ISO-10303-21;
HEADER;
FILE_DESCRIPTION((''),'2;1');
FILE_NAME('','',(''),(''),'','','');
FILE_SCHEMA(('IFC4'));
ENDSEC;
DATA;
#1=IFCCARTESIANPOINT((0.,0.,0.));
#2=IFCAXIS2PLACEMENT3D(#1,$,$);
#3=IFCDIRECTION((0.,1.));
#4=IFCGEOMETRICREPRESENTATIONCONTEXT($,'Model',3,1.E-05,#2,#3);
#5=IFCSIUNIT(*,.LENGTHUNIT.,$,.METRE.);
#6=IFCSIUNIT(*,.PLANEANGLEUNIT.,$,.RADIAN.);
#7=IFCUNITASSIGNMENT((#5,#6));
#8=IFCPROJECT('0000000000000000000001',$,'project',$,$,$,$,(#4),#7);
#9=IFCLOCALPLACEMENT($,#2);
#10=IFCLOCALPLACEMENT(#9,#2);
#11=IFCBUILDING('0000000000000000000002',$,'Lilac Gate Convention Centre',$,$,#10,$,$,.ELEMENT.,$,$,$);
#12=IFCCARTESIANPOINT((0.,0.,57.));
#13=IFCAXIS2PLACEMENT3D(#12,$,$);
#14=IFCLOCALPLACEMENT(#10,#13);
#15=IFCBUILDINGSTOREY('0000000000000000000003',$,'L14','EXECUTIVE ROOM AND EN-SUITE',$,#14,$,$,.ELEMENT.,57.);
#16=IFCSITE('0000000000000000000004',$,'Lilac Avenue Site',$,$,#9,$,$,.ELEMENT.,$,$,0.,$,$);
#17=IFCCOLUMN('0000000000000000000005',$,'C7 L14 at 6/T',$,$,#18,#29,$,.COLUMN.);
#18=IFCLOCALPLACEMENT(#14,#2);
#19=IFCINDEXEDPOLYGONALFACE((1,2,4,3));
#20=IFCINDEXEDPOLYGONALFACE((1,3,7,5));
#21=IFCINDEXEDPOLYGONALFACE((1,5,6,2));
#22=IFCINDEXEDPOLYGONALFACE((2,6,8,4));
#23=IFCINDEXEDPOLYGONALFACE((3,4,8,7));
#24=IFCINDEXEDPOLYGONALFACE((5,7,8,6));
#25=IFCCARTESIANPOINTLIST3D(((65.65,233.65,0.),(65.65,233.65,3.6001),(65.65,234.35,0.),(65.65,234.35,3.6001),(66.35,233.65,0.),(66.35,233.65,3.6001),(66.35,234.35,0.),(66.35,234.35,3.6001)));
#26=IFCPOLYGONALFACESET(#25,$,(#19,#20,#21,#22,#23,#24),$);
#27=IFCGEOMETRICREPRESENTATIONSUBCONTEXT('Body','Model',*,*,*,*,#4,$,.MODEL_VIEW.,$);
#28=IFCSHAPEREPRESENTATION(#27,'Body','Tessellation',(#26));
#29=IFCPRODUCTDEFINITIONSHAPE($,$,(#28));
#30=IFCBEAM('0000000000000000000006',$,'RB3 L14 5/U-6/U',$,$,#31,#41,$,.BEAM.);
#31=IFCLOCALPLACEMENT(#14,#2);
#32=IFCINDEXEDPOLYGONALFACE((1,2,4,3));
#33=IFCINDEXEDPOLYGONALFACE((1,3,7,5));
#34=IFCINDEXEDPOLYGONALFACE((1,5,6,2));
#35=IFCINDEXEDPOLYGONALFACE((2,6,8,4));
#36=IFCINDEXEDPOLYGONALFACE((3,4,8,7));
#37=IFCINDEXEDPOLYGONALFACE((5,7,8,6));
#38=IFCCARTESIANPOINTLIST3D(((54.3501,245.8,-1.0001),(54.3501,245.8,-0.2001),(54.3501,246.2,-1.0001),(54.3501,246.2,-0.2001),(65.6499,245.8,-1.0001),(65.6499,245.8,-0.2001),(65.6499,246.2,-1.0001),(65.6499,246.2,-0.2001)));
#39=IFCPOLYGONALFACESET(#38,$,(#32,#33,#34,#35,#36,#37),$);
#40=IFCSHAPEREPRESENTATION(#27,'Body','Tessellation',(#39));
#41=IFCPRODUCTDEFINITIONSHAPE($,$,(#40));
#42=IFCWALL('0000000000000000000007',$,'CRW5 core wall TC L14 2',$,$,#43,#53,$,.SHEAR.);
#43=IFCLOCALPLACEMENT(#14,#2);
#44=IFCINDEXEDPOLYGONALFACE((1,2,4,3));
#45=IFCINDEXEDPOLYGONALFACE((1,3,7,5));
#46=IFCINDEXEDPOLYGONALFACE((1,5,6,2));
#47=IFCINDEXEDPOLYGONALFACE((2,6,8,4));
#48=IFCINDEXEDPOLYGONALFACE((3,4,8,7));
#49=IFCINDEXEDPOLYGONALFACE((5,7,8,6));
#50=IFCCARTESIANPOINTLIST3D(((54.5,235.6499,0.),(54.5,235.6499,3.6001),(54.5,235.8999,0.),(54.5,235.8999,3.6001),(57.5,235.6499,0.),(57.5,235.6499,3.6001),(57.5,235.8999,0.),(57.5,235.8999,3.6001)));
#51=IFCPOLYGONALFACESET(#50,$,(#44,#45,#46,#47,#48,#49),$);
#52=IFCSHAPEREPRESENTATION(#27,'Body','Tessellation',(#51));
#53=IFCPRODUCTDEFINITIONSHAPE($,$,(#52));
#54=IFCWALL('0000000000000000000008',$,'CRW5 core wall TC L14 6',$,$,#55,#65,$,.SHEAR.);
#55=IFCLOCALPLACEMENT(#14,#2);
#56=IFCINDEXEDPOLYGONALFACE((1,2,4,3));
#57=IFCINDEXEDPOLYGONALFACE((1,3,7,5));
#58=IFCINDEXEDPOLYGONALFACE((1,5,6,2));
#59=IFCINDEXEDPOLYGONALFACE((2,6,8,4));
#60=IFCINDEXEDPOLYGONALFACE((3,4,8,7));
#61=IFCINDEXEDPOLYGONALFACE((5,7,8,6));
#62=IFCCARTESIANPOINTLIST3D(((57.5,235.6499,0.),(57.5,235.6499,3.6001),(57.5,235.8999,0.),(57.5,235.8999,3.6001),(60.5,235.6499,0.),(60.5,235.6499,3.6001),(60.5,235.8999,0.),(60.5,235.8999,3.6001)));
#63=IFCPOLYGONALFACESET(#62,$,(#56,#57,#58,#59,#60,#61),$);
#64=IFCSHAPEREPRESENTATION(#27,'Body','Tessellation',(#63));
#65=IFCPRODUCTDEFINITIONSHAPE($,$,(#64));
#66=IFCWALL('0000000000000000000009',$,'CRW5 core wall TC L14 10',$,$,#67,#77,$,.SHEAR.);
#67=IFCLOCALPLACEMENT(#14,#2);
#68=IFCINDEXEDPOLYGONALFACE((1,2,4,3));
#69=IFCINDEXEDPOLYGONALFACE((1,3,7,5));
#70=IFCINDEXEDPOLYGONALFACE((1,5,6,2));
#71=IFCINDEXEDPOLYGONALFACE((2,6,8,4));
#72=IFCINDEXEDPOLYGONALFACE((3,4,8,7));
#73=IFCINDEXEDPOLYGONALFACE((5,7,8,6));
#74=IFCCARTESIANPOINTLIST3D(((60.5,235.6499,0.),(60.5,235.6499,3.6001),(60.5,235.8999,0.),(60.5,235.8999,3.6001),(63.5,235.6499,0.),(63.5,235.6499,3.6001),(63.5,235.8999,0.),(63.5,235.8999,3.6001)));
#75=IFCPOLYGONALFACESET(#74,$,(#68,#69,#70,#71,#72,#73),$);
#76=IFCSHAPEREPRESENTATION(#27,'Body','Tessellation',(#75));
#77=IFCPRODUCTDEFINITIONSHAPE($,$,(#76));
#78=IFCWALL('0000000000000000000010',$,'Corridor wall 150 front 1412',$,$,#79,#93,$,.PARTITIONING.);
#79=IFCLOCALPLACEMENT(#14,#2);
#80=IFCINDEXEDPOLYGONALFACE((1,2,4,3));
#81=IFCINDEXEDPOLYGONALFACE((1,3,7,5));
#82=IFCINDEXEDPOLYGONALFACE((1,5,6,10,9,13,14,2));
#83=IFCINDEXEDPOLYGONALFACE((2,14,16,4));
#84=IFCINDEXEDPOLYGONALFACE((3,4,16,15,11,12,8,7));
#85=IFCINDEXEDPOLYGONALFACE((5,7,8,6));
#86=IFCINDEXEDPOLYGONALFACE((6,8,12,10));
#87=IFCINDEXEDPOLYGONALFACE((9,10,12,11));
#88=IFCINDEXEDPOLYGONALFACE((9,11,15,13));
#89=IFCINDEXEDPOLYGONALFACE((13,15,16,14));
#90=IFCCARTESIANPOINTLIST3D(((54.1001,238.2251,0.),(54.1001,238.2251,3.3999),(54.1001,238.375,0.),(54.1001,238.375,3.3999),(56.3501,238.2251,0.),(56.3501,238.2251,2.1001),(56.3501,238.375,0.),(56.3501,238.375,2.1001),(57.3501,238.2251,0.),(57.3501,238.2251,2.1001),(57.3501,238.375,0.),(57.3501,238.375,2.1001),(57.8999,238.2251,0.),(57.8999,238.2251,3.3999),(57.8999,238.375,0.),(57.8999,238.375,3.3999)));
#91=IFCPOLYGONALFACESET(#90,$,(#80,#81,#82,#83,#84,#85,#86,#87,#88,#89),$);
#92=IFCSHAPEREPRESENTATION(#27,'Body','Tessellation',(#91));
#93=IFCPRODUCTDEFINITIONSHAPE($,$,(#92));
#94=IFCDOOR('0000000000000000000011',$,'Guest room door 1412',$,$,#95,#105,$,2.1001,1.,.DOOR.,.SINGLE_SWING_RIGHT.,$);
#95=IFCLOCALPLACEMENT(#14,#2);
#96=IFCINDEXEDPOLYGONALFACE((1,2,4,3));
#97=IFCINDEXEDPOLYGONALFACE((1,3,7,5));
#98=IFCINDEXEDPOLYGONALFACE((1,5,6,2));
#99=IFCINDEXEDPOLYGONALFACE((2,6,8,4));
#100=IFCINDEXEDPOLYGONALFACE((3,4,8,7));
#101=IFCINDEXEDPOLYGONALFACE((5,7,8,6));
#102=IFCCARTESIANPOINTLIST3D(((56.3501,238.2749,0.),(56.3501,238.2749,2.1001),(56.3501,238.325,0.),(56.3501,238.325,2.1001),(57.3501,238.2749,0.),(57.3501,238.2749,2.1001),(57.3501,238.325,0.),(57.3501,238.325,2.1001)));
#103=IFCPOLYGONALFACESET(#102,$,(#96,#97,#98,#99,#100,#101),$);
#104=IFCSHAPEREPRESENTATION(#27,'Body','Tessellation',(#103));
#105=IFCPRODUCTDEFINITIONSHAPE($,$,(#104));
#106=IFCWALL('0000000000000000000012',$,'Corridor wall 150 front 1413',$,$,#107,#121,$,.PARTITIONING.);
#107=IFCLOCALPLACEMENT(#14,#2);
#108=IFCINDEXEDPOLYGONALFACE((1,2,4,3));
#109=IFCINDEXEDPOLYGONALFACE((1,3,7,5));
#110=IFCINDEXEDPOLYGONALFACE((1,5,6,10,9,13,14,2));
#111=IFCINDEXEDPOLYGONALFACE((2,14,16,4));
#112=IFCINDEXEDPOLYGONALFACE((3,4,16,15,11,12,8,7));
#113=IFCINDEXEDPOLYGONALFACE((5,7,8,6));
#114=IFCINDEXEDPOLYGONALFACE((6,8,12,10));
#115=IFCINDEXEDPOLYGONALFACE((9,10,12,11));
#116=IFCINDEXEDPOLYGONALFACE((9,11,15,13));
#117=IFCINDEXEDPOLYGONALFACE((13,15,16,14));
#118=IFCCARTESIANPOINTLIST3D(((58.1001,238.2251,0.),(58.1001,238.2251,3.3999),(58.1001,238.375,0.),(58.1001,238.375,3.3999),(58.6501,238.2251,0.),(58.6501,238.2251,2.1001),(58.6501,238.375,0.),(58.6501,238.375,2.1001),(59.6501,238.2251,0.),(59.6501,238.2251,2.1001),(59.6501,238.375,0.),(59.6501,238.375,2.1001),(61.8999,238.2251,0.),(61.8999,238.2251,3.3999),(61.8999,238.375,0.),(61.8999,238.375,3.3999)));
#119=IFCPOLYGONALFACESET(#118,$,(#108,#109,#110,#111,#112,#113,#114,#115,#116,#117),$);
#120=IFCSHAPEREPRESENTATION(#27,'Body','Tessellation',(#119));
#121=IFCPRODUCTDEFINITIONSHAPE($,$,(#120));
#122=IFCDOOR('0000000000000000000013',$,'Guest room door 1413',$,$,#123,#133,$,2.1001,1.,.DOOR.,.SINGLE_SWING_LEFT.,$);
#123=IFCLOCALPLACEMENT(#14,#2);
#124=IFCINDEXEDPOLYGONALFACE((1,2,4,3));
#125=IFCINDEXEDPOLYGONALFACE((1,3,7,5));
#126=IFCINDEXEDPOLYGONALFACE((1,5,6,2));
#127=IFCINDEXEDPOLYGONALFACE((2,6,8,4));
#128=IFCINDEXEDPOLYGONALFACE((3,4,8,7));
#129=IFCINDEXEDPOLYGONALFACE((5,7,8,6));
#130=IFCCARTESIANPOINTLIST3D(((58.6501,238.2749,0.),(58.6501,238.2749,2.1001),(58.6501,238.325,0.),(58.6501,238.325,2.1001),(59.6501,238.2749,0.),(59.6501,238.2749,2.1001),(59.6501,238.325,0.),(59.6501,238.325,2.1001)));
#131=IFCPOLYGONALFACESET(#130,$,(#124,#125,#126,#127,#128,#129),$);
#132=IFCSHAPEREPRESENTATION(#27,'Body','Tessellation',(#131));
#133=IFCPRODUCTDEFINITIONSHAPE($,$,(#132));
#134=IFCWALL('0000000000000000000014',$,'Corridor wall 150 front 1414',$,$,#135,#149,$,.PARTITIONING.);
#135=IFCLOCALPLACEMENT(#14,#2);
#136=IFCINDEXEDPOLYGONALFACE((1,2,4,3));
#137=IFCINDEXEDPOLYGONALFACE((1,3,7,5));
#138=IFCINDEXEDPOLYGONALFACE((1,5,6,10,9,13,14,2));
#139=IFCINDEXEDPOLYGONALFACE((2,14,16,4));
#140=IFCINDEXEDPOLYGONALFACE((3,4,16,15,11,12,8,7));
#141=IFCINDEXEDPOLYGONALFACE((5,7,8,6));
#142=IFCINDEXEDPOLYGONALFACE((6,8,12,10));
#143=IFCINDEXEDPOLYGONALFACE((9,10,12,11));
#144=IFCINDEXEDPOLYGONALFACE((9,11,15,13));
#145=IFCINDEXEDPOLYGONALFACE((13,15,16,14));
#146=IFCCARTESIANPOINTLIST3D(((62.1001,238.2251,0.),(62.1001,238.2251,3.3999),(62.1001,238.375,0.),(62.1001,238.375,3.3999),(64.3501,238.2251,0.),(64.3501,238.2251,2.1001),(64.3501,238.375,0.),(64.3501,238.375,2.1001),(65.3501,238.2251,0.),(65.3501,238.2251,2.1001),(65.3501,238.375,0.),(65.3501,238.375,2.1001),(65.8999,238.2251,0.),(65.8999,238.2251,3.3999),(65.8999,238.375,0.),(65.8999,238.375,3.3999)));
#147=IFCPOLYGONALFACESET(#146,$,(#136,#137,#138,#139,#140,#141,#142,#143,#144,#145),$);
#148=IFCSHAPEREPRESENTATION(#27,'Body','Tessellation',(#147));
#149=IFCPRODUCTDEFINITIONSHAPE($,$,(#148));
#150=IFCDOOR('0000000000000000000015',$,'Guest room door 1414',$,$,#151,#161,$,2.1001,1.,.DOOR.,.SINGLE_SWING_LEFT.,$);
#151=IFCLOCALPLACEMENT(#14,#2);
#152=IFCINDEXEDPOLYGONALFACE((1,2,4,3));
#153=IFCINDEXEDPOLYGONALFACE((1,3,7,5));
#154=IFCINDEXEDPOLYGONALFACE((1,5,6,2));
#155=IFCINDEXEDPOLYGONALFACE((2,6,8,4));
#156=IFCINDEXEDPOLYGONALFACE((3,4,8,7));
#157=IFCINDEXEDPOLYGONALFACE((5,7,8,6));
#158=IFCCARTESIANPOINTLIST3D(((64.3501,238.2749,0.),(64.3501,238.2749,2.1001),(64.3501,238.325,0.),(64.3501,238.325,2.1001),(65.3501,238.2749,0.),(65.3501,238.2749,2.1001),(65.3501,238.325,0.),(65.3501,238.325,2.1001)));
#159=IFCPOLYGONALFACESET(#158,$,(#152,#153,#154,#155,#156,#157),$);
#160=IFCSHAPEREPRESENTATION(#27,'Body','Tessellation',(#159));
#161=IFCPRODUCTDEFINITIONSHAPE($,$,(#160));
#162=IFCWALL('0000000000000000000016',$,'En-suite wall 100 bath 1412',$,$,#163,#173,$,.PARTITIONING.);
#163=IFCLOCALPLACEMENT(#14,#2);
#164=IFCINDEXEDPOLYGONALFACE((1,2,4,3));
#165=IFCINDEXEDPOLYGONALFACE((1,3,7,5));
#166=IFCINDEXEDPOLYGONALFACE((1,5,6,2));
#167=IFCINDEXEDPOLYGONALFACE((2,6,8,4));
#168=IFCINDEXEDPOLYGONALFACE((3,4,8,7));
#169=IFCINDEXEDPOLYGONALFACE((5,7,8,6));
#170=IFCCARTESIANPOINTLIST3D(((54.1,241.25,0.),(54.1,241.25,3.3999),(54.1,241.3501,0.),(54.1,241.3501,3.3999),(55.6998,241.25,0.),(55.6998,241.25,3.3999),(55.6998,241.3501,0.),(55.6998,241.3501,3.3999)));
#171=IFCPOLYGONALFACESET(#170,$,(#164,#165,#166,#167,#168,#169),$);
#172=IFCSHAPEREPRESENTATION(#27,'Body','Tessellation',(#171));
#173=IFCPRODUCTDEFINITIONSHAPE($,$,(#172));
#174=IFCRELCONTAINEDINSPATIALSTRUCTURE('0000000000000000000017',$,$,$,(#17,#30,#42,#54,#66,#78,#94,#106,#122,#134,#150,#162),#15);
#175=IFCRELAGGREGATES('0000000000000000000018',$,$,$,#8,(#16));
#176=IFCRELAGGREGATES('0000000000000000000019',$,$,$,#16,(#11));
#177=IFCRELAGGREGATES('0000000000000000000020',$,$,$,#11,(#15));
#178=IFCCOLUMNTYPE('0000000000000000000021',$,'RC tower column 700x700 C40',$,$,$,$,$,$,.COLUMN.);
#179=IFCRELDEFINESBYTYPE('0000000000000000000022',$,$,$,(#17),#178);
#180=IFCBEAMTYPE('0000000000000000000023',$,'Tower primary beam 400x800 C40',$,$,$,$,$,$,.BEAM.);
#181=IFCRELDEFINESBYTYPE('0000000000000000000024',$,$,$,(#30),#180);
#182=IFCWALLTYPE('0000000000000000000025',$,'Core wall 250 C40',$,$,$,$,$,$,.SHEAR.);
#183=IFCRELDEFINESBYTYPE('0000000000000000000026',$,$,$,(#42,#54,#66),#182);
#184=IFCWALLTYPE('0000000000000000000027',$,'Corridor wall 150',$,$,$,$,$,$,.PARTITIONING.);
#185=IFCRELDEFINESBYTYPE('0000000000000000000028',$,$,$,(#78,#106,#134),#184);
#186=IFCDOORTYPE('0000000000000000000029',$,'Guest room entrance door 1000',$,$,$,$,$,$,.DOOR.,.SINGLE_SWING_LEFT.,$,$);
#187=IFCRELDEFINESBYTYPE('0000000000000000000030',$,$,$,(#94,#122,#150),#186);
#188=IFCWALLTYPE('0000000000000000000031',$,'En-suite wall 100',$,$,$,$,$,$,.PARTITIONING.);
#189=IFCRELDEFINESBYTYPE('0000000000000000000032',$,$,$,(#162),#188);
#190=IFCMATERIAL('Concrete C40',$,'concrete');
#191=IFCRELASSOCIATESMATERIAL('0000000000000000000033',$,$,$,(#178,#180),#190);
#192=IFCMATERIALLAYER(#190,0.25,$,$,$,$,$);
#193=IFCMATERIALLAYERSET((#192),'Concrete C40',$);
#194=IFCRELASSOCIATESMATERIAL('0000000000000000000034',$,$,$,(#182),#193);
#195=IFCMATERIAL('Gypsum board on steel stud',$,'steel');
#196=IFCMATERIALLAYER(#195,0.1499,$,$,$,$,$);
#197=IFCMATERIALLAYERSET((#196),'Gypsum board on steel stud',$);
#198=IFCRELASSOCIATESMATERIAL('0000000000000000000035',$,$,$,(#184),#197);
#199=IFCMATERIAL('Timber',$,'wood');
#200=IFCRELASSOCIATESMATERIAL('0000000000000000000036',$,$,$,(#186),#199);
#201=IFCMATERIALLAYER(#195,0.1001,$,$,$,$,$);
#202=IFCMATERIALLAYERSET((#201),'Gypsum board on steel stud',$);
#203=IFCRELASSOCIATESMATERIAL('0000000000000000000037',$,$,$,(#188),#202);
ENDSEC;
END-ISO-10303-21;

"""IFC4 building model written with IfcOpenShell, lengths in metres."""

from ifc_helpers import new_model, si_unit, direction, frame, frame_2d, origin, origin_2d, place, context, subcontext, project, spatial, rectangle, extrude, material, layer, layer_set, material_profile, profile_set, type_object, element, fill, save


model = new_model("IFC4")

# Units and contexts
model_context = context("Model", 3, precision=1e-05, world=origin(), true_north=direction((0.0, 1.0)))
body_context = subcontext(model_context, "Body", "Model", "MODEL_VIEW")
ifc_project = project(units=[si_unit("LENGTHUNIT", "METRE"), si_unit("PLANEANGLEUNIT", "RADIAN")], contexts=[model_context])

# Site, building, storey
site_placement = place(None, origin())
site = spatial("IfcSite", under=ifc_project, at=site_placement, Name="Lilac Avenue Site", CompositionType="ELEMENT", RefElevation=0.0)
building_placement = place(site_placement, origin())
building = spatial("IfcBuilding", under=site, at=building_placement, Name="Lilac Gate Convention Centre", CompositionType="ELEMENT")
storey_placement = place(building_placement, frame((0.0, 0.0, 57.0)))
storey = spatial("IfcBuildingStorey", under=building, at=storey_placement, Name="L14", Description="EXECUTIVE ROOM AND EN-SUITE", CompositionType="ELEMENT", Elevation=57.0)

# Column
ifc_material_1 = material(Name="Concrete C40", Category="concrete")
ifc_material_profile_1 = material_profile(ifc_material_1, rectangle(XDim=0.7, YDim=0.7, at=origin_2d()), Name="RC 700x700")
ifc_profile_set_1 = profile_set([ifc_material_profile_1], Name="Concrete C40")
column_type = type_object("IfcColumnType", Name="RC tower column 700x700 C40", PredefinedType="COLUMN", material=ifc_profile_set_1)
column_placement = place(storey_placement, frame((66.0, 234.0, 0.0), z_axis=(0.0, 0.0, 1.0), x_axis=(1.0, 0.0, 0.0)))
element("IfcColumn", 1, at=column_placement, inside=storey, type_object=column_type, Name="C7 L14 at 6/T", PredefinedType="COLUMN", context=body_context, shape_type="SweptSolid", body=[
    extrude(rectangle(XDim=0.7, YDim=0.7, at=origin_2d()), origin(), (0.0, 0.0, 1.0), 3.6001),
])

# Beam
ifc_material_profile_2 = material_profile(ifc_material_1, rectangle(XDim=0.3999, YDim=0.8, at=origin_2d()), Name="RC 400x800")
ifc_profile_set_2 = profile_set([ifc_material_profile_2], Name="Concrete C40")
beam_type = type_object("IfcBeamType", Name="Tower primary beam 400x800 C40", PredefinedType="BEAM", material=ifc_profile_set_2)
beam_placement = place(storey_placement, frame((54.3501, 246.0, -0.6001), z_axis=(1.0, 0.0, 0.0), x_axis=(0.0, 1.0, 0.0)))
element("IfcBeam", 2, at=beam_placement, inside=storey, type_object=beam_type, Name="RB3 L14 5/U-6/U", PredefinedType="BEAM", context=body_context, shape_type="SweptSolid", body=[
    extrude(rectangle(XDim=0.3999, YDim=0.8, at=origin_2d()), origin(), (0.0, 0.0, 1.0), 11.2998),
])

# Walls
ifc_layer_1 = layer(ifc_material_1, 0.25)
ifc_layer_set_1 = layer_set([ifc_layer_1], Name="Concrete C40")
wall_type_1 = type_object("IfcWallType", Name="Core wall 250 C40", PredefinedType="SHEAR", material=ifc_layer_set_1)
for number, where, z_axis, x_axis, name in (
    (3, (54.5, 235.7749, 0.0), (0.0, 0.0, 1.0), (1.0, 0.0, 0.0), "CRW5 core wall TC L14 2"),
    (4, (57.5, 235.7749, 0.0), (0.0, 0.0, 1.0), (1.0, 0.0, 0.0), "CRW5 core wall TC L14 6"),
    (5, (60.5, 235.7749, 0.0), (0.0, 0.0, 1.0), (1.0, 0.0, 0.0), "CRW5 core wall TC L14 10"),
):
    element("IfcWall", number, at=place(storey_placement, frame(where, z_axis=z_axis, x_axis=x_axis)), inside=storey, type_object=wall_type_1, Name=name, PredefinedType="SHEAR", context=body_context, shape_type="SweptSolid", body=[
        extrude(rectangle(XDim=3.0, YDim=0.25, at=frame_2d((1.5, 0.0))), origin(), (0.0, 0.0, 1.0), 3.6001),
    ])

# Walls, openings, doors
ifc_material_2 = material(Name="Gypsum board on steel stud", Category="steel")
ifc_layer_2 = layer(ifc_material_2, 0.1499)
ifc_layer_set_2 = layer_set([ifc_layer_2], Name="Gypsum board on steel stud")
wall_type_2 = type_object("IfcWallType", Name="Corridor wall 150", PredefinedType="PARTITIONING", material=ifc_layer_set_2)
wall_1_placement = place(storey_placement, frame((54.1001, 238.3, 0.0), z_axis=(0.0, 0.0, 1.0), x_axis=(1.0, 0.0, 0.0)))
wall_1 = element("IfcWall", 6, at=wall_1_placement, inside=storey, type_object=wall_type_2, Name="Corridor wall 150 front 1412", PredefinedType="PARTITIONING", context=body_context, shape_type="SweptSolid", body=[
    extrude(rectangle(XDim=3.7998, YDim=0.1499, at=frame_2d((1.8999, 0.0))), origin(), (0.0, 0.0, 1.0), 3.3999),
])
opening_1_placement = place(wall_1_placement, frame((2.25, 0.0, 0.0)))
opening_1 = element("IfcOpeningElement", 7, at=opening_1_placement, cuts=wall_1, PredefinedType="OPENING", context=body_context, shape_type="SweptSolid", body=[
    extrude(rectangle(XDim=1.0, YDim=2.1001, at=frame_2d((0.5, 1.05))), frame((0.0, 0.085, 0.0), z_axis=(0.0, -1.0, 0.0), x_axis=(1.0, 0.0, 0.0)), (0.0, 0.0, 1.0), 0.1699),
])
ifc_material_3 = material(Name="Timber", Category="wood")
door_type_1 = type_object("IfcDoorType", Name="Guest room entrance door 1000", OperationType="SINGLE_SWING_LEFT", PredefinedType="DOOR", material=ifc_material_3)
door_1_placement = place(opening_1_placement, origin())
door_1 = element("IfcDoor", 8, at=door_1_placement, inside=storey, type_object=door_type_1, Name="Guest room door 1412", OperationType="SINGLE_SWING_RIGHT", OverallHeight=2.1001, OverallWidth=1.0, PredefinedType="DOOR", context=body_context, shape_type="SweptSolid", body=[
    extrude(rectangle(XDim=1.0, YDim=2.1001, at=frame_2d((0.5, 1.05))), frame((0.0, 0.0249, 0.0), z_axis=(0.0, -1.0, 0.0), x_axis=(1.0, 0.0, 0.0)), (0.0, 0.0, 1.0), 0.05),
])
fill(opening_1, door_1)
wall_2_placement = place(storey_placement, frame((58.1001, 238.3, 0.0), z_axis=(0.0, 0.0, 1.0), x_axis=(1.0, 0.0, 0.0)))
wall_2 = element("IfcWall", 9, at=wall_2_placement, inside=storey, type_object=wall_type_2, Name="Corridor wall 150 front 1413", PredefinedType="PARTITIONING", context=body_context, shape_type="SweptSolid", body=[
    extrude(rectangle(XDim=3.7998, YDim=0.1499, at=frame_2d((1.8999, 0.0))), origin(), (0.0, 0.0, 1.0), 3.3999),
])
opening_2_placement = place(wall_2_placement, frame((0.55, 0.0, 0.0)))
opening_2 = element("IfcOpeningElement", 10, at=opening_2_placement, cuts=wall_2, PredefinedType="OPENING", context=body_context, shape_type="SweptSolid", body=[
    extrude(rectangle(XDim=1.0, YDim=2.1001, at=frame_2d((0.5, 1.05))), frame((0.0, 0.085, 0.0), z_axis=(0.0, -1.0, 0.0), x_axis=(1.0, 0.0, 0.0)), (0.0, 0.0, 1.0), 0.1699),
])
door_2_placement = place(opening_2_placement, origin())
door_2 = element("IfcDoor", 11, at=door_2_placement, inside=storey, type_object=door_type_1, Name="Guest room door 1413", OperationType="SINGLE_SWING_LEFT", OverallHeight=2.1001, OverallWidth=1.0, PredefinedType="DOOR", context=body_context, shape_type="SweptSolid", body=[
    extrude(rectangle(XDim=1.0, YDim=2.1001, at=frame_2d((0.5, 1.05))), frame((0.0, 0.0249, 0.0), z_axis=(0.0, -1.0, 0.0), x_axis=(1.0, 0.0, 0.0)), (0.0, 0.0, 1.0), 0.05),
])
fill(opening_2, door_2)
wall_3_placement = place(storey_placement, frame((62.1001, 238.3, 0.0), z_axis=(0.0, 0.0, 1.0), x_axis=(1.0, 0.0, 0.0)))
wall_3 = element("IfcWall", 12, at=wall_3_placement, inside=storey, type_object=wall_type_2, Name="Corridor wall 150 front 1414", PredefinedType="PARTITIONING", context=body_context, shape_type="SweptSolid", body=[
    extrude(rectangle(XDim=3.7998, YDim=0.1499, at=frame_2d((1.8999, 0.0))), origin(), (0.0, 0.0, 1.0), 3.3999),
])
opening_3_placement = place(wall_3_placement, frame((2.25, 0.0, 0.0)))
opening_3 = element("IfcOpeningElement", 13, at=opening_3_placement, cuts=wall_3, PredefinedType="OPENING", context=body_context, shape_type="SweptSolid", body=[
    extrude(rectangle(XDim=1.0, YDim=2.1001, at=frame_2d((0.5, 1.05))), frame((0.0, 0.085, 0.0), z_axis=(0.0, -1.0, 0.0), x_axis=(1.0, 0.0, 0.0)), (0.0, 0.0, 1.0), 0.1699),
])
door_3_placement = place(opening_3_placement, origin())
door_3 = element("IfcDoor", 14, at=door_3_placement, inside=storey, type_object=door_type_1, Name="Guest room door 1414", OperationType="SINGLE_SWING_LEFT", OverallHeight=2.1001, OverallWidth=1.0, PredefinedType="DOOR", context=body_context, shape_type="SweptSolid", body=[
    extrude(rectangle(XDim=1.0, YDim=2.1001, at=frame_2d((0.5, 1.05))), frame((0.0, 0.0249, 0.0), z_axis=(0.0, -1.0, 0.0), x_axis=(1.0, 0.0, 0.0)), (0.0, 0.0, 1.0), 0.05),
])
fill(opening_3, door_3)

# Wall
ifc_layer_3 = layer(ifc_material_2, 0.1001)
ifc_layer_set_3 = layer_set([ifc_layer_3], Name="Gypsum board on steel stud")
wall_type_3 = type_object("IfcWallType", Name="En-suite wall 100", PredefinedType="PARTITIONING", material=ifc_layer_set_3)
wall_4_placement = place(storey_placement, frame((54.1001, 241.3, 0.0), z_axis=(0.0, 0.0, 1.0), x_axis=(1.0, 0.0, 0.0)))
element("IfcWall", 15, at=wall_4_placement, inside=storey, type_object=wall_type_3, Name="En-suite wall 100 bath 1412", PredefinedType="PARTITIONING", context=body_context, shape_type="SweptSolid", body=[
    extrude(rectangle(XDim=1.5999, YDim=0.1001, at=frame_2d((0.7998, 0.0))), origin(), (0.0, 0.0, 1.0), 3.3999),
])

save(model, "model.ifc")
